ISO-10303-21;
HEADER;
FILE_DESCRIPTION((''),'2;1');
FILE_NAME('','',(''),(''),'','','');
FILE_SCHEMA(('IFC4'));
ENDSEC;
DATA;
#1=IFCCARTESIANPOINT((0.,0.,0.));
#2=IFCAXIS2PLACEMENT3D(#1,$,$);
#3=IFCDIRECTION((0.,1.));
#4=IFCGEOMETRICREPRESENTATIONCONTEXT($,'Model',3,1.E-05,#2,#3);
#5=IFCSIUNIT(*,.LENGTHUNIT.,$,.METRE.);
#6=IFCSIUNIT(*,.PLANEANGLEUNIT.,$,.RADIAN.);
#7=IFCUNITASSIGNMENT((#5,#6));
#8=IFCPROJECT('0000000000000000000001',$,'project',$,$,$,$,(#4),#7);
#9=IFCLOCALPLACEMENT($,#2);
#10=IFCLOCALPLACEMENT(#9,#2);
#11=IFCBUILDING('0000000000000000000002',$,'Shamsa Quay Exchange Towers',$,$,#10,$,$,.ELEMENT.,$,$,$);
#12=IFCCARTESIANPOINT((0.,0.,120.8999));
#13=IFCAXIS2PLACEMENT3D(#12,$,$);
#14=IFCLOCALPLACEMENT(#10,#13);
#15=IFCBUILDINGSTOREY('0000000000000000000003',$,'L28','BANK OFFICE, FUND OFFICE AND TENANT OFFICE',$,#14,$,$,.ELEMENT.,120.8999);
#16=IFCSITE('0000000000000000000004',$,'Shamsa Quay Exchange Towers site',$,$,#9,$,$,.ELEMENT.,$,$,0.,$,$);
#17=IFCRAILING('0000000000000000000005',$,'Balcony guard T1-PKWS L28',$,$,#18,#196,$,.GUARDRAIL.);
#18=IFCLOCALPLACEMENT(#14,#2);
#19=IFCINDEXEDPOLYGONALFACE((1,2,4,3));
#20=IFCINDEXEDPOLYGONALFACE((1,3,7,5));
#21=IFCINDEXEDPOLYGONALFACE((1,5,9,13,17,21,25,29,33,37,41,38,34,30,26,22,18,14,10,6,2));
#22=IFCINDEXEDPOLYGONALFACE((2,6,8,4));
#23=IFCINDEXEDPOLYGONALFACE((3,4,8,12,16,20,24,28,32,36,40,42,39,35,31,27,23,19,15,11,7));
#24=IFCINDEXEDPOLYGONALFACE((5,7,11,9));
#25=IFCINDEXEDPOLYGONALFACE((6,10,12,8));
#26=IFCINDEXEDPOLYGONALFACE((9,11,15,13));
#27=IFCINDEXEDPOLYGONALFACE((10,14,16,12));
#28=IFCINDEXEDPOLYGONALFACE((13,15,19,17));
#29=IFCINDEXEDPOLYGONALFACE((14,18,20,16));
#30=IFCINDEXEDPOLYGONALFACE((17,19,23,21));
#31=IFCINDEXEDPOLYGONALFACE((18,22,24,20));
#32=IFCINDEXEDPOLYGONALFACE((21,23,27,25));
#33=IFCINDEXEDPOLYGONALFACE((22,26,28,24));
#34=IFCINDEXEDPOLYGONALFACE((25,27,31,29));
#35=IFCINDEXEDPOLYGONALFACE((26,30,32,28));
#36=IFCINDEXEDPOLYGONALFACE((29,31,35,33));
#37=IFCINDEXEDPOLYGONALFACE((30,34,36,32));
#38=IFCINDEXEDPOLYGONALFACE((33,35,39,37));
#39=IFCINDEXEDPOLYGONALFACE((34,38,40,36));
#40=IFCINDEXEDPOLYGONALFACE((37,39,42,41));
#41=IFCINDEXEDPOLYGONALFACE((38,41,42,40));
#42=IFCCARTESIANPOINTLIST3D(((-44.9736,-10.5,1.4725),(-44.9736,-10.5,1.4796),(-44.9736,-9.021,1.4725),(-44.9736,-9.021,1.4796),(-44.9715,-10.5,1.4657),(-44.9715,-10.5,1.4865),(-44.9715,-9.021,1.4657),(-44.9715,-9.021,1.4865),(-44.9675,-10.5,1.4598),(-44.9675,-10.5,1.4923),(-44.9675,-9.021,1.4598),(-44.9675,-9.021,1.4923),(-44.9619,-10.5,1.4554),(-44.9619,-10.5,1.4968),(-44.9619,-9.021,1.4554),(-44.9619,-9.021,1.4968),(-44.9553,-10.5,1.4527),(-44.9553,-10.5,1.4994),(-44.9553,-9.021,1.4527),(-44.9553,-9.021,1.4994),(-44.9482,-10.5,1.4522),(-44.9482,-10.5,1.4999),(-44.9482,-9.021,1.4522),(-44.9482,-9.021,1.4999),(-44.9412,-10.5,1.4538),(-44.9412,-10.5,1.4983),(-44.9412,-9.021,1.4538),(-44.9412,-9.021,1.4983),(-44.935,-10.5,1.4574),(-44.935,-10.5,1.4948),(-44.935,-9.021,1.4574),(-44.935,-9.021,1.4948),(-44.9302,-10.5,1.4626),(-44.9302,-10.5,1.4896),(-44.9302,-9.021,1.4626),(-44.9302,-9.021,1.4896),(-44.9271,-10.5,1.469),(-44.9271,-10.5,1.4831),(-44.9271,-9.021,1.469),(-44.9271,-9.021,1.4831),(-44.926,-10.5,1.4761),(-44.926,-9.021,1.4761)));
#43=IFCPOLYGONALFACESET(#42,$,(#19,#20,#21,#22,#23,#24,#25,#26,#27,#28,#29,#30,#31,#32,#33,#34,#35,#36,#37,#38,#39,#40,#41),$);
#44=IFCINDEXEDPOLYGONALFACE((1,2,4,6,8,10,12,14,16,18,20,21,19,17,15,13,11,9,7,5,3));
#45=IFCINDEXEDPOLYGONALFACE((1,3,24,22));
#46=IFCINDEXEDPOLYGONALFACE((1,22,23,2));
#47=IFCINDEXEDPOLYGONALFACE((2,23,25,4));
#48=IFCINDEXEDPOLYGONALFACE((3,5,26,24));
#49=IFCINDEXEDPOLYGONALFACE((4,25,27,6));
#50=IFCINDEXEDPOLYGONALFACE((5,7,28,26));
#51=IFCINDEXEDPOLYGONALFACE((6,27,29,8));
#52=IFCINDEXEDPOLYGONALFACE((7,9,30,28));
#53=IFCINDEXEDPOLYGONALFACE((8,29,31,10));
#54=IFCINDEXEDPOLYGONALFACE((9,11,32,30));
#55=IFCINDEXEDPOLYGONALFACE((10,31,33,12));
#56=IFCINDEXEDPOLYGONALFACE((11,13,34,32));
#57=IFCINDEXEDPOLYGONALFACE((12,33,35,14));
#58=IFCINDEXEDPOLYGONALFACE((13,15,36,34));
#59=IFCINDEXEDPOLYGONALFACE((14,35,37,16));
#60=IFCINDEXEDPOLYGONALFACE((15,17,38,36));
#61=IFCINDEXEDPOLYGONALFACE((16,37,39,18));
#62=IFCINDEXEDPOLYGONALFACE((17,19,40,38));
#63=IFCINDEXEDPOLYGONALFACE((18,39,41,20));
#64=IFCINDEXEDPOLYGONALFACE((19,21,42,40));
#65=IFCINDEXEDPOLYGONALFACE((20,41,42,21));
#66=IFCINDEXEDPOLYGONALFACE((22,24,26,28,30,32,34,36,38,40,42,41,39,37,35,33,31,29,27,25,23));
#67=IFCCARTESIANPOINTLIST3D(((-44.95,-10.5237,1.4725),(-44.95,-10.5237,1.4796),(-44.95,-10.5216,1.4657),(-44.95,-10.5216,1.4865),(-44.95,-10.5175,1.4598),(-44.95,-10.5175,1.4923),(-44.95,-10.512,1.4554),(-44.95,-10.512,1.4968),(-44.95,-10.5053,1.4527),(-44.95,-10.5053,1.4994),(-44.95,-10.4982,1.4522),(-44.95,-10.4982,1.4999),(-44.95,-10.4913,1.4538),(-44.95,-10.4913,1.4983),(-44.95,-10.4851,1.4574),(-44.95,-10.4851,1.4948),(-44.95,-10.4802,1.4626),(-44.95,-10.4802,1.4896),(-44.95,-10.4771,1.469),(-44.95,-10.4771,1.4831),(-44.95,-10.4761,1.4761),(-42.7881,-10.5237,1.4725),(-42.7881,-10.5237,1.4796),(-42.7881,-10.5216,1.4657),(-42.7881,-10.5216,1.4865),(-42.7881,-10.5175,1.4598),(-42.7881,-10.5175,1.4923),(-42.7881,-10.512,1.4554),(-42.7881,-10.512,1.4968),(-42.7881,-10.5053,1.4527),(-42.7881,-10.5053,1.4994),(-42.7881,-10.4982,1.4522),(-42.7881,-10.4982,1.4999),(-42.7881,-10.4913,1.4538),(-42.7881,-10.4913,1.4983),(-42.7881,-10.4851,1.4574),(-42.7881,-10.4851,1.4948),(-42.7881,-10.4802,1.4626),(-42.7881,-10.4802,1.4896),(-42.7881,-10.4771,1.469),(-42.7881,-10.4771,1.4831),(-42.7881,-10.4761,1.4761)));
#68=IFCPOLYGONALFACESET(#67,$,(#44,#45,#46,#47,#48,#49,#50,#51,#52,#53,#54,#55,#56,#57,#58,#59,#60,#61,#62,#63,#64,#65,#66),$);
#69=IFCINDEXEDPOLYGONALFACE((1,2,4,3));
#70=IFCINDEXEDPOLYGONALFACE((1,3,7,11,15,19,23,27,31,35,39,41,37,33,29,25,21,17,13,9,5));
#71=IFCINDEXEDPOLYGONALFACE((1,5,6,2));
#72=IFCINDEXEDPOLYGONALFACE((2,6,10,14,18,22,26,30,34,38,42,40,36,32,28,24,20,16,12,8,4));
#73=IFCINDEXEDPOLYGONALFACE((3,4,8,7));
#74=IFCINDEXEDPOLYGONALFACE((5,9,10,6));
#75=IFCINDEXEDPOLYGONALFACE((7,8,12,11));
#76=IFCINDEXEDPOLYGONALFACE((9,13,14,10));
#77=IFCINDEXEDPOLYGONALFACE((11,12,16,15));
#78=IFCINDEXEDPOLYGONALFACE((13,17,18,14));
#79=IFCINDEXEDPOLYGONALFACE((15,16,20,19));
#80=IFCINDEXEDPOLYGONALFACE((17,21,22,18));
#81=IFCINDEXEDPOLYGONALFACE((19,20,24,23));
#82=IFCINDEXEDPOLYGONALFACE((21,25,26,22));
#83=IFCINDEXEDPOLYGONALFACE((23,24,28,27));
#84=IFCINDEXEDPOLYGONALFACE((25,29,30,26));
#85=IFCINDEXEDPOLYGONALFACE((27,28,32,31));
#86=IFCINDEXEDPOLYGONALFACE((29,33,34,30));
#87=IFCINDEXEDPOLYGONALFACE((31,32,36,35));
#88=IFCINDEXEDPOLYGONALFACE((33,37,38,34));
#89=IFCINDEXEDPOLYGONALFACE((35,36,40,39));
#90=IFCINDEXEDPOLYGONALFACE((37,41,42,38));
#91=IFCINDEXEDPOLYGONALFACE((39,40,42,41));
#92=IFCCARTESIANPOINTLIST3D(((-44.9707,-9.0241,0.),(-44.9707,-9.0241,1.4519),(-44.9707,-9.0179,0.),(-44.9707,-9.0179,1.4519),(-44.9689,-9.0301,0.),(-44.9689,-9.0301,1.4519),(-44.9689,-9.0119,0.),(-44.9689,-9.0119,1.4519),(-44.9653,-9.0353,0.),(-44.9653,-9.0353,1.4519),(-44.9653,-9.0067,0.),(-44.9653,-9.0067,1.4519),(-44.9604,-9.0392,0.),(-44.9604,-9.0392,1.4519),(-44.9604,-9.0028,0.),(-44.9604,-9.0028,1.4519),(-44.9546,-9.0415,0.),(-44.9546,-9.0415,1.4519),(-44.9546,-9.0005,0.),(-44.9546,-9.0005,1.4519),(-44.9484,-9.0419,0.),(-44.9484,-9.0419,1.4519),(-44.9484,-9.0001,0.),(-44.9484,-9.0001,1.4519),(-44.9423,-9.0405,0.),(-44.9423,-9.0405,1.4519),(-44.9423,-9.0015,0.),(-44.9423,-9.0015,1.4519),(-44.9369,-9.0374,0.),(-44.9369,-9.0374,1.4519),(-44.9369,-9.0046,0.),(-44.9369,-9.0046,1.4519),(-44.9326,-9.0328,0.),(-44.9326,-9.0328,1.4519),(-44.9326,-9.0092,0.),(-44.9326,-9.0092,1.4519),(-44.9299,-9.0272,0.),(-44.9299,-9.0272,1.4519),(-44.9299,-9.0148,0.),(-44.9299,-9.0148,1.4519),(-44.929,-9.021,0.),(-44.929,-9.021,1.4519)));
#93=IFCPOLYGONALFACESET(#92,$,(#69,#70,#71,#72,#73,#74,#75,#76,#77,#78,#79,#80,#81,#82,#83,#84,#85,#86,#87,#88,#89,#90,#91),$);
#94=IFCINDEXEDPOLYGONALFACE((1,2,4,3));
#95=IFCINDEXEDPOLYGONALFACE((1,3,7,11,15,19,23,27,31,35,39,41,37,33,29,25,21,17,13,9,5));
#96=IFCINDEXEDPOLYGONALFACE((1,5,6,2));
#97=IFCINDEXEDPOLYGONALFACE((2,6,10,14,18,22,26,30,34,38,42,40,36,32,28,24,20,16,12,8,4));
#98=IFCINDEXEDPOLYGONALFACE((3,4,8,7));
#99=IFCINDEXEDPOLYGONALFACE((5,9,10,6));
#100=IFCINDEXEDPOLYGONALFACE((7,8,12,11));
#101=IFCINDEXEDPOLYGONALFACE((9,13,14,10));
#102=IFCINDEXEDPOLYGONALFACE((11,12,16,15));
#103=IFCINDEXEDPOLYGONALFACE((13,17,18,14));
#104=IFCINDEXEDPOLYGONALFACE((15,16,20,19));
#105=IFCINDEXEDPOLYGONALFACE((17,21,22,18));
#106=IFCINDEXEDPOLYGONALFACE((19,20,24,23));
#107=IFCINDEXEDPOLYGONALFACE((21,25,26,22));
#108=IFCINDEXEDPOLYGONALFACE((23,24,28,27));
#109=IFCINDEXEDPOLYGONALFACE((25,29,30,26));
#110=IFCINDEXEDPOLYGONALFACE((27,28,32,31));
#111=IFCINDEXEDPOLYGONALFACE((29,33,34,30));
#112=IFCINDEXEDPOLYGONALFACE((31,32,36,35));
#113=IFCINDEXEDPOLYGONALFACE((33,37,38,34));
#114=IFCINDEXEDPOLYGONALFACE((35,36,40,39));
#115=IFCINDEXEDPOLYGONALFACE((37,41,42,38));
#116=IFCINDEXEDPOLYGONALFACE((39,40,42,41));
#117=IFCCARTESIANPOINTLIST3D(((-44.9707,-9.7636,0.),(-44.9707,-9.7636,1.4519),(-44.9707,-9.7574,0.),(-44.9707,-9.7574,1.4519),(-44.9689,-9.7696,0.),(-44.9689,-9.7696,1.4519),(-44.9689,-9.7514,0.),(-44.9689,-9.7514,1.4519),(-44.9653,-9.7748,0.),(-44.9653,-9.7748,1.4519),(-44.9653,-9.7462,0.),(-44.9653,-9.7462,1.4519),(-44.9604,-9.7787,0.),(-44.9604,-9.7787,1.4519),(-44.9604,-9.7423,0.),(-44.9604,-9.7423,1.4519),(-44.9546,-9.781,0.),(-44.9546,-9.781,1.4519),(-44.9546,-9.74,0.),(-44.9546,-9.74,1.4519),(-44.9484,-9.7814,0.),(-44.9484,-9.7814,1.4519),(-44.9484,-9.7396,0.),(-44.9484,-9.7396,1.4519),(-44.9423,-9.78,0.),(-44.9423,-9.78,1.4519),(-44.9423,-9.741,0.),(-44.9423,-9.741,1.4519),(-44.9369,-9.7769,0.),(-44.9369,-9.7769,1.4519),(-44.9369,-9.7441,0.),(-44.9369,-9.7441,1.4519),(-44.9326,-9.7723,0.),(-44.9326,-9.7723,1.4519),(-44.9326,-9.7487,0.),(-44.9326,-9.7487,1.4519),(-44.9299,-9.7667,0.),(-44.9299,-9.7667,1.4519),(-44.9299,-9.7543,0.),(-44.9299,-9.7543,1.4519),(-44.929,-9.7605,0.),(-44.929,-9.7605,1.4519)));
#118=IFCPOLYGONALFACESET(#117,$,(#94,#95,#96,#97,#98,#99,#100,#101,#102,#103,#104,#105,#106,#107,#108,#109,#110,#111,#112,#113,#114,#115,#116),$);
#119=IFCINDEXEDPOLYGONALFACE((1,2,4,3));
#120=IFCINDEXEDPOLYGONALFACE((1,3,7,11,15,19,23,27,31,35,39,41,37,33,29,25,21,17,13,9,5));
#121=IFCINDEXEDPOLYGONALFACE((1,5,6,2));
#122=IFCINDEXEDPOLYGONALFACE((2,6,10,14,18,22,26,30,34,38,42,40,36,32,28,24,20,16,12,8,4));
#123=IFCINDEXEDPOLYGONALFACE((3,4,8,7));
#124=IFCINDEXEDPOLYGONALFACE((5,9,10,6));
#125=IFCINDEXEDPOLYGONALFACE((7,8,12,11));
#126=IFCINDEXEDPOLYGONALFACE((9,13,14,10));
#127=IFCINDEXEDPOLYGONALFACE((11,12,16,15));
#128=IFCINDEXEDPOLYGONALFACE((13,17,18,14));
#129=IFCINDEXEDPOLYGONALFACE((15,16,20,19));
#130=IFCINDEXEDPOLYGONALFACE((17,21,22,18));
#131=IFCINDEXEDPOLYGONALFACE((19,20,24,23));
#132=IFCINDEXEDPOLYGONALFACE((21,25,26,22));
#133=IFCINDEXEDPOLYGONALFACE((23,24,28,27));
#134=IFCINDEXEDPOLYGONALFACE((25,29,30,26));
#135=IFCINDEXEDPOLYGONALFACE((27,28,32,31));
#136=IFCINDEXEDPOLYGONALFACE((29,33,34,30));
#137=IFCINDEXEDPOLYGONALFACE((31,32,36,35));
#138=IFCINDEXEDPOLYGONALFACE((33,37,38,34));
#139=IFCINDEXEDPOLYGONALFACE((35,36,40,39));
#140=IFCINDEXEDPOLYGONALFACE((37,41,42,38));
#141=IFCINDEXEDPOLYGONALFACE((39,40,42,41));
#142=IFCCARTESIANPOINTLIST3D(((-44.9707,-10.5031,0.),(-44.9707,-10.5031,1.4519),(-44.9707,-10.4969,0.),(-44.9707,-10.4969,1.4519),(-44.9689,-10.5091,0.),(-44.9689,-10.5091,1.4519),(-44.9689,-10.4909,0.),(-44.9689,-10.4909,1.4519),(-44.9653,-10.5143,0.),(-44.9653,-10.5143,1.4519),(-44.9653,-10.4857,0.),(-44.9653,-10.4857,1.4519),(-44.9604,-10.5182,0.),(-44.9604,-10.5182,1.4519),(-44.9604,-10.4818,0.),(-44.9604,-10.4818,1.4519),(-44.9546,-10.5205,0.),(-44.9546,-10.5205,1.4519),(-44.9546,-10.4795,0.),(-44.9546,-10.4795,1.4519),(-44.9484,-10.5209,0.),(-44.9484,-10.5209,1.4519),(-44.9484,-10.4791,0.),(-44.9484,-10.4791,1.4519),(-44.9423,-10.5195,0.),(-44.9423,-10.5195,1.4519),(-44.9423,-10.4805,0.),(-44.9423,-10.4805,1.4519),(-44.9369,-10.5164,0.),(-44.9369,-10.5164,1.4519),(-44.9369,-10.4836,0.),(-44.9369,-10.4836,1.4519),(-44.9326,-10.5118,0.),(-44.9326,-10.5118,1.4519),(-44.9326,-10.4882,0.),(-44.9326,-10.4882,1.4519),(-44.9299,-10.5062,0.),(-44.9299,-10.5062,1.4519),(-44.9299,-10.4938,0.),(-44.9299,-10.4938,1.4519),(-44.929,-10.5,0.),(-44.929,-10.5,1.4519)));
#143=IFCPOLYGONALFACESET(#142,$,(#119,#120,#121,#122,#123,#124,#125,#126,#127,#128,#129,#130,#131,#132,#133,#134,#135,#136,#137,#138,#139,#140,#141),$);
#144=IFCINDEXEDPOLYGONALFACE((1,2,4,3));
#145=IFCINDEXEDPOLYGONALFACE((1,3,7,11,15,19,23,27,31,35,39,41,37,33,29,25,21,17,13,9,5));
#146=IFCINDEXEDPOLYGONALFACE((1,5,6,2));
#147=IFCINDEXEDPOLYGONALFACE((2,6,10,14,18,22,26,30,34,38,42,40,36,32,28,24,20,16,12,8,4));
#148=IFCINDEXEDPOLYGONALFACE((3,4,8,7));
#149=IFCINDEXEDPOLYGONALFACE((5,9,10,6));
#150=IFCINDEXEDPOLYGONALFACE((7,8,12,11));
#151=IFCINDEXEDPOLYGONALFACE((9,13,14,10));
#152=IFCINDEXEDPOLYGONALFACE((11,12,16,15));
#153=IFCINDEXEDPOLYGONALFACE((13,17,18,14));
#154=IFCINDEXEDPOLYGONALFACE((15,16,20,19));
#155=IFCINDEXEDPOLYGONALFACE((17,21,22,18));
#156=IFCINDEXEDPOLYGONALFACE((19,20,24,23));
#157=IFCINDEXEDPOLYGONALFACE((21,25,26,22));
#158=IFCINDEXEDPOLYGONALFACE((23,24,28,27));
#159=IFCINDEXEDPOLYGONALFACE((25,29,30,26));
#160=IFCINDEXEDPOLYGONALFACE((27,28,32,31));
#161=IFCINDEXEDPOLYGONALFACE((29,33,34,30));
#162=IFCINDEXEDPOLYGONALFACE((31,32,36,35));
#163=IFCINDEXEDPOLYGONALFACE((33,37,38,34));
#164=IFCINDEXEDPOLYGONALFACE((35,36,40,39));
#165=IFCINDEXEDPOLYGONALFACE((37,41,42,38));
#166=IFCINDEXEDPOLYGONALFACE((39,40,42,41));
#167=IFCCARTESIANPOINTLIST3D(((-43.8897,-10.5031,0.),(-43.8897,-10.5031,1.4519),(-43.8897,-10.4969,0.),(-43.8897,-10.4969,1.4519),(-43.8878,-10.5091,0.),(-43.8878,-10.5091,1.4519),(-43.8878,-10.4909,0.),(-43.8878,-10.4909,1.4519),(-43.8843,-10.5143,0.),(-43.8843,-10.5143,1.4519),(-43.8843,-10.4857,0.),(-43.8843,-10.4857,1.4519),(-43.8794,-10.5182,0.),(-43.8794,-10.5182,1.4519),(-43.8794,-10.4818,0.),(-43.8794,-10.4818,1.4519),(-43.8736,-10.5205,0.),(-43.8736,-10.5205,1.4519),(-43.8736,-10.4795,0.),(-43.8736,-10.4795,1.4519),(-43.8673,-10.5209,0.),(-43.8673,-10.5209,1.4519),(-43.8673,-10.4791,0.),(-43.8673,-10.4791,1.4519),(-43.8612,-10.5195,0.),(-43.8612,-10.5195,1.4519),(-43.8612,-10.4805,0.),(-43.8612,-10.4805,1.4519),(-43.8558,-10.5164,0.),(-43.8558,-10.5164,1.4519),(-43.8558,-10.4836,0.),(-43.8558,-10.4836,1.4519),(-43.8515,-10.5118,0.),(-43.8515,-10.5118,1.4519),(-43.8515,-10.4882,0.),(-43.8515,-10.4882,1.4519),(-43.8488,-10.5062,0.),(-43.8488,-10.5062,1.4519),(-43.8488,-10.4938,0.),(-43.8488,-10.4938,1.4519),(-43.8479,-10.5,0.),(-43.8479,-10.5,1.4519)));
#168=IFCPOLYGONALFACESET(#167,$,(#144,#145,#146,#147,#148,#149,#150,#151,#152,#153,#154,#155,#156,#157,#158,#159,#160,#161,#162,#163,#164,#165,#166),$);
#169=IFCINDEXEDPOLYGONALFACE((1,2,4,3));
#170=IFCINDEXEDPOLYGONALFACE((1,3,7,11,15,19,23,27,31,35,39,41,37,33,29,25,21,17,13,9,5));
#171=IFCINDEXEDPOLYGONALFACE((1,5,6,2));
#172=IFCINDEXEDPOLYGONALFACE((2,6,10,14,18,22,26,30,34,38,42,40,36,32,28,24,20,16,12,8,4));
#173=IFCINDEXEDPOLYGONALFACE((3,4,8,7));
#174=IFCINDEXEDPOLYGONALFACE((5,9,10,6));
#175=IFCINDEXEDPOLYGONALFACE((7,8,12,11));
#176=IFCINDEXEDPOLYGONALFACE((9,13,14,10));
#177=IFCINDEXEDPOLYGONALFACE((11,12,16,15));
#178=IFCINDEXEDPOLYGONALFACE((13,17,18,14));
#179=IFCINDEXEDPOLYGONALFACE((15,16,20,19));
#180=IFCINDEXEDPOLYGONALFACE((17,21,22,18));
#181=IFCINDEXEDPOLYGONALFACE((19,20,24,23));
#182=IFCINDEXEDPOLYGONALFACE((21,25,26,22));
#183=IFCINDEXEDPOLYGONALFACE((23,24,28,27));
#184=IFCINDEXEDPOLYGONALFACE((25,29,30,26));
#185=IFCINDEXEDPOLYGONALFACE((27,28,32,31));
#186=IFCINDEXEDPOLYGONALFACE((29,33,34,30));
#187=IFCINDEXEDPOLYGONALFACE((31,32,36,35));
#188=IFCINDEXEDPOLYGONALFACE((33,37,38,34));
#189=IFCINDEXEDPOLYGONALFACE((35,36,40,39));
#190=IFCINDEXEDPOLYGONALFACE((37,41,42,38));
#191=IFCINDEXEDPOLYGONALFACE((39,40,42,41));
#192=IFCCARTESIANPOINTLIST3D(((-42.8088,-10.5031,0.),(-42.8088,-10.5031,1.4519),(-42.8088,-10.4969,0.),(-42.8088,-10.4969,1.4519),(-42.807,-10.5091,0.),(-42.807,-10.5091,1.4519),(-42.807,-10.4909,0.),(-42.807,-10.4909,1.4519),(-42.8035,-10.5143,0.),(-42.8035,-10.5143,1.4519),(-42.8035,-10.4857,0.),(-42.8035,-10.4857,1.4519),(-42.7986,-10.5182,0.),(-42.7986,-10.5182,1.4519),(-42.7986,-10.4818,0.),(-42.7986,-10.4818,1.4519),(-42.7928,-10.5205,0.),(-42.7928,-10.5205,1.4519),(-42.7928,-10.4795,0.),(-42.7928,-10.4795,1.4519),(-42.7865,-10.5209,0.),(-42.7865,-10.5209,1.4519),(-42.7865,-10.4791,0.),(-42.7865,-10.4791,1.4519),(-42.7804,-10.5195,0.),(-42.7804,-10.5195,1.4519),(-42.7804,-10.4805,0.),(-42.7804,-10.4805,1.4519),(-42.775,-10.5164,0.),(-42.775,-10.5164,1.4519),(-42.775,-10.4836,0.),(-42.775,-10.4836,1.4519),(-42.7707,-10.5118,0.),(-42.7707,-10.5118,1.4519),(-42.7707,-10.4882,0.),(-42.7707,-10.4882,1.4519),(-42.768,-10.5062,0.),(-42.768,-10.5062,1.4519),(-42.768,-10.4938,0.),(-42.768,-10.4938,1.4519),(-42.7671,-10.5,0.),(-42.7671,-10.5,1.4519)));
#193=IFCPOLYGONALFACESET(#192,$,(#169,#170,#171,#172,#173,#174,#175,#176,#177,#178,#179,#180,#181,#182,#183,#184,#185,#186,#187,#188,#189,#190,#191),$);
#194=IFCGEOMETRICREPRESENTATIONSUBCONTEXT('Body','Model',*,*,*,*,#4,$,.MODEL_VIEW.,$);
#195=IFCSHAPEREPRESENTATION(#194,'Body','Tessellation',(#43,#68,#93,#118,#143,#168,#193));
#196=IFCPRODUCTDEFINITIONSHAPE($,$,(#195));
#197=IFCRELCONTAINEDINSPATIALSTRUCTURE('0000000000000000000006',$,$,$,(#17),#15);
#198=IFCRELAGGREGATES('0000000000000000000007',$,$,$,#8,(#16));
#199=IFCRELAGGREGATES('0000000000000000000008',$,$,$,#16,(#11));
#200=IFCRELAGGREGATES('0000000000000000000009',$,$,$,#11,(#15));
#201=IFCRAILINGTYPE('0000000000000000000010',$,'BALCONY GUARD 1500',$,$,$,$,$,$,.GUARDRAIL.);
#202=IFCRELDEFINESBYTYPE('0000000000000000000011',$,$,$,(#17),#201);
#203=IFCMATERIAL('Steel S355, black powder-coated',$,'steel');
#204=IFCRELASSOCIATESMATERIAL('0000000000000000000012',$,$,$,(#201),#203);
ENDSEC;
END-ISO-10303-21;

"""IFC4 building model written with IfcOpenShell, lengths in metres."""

from ifc_helpers import new_model, si_unit, direction, frame, origin, origin_2d, place, context, subcontext, project, spatial, circle, extrude, material, type_object, element, save


model = new_model("IFC4")

# Units and contexts
model_context = context("Model", 3, precision=1e-05, world=origin(), true_north=direction((0.0, 1.0)))
body_context = subcontext(model_context, "Body", "Model", "MODEL_VIEW")
ifc_project = project(units=[si_unit("LENGTHUNIT", "METRE"), si_unit("PLANEANGLEUNIT", "RADIAN")], contexts=[model_context])

# Site, building, storey
site_placement = place(None, origin())
site = spatial("IfcSite", under=ifc_project, at=site_placement, Name="Shamsa Quay Exchange Towers site", CompositionType="ELEMENT", RefElevation=0.0)
building_placement = place(site_placement, origin())
building = spatial("IfcBuilding", under=site, at=building_placement, Name="Shamsa Quay Exchange Towers", CompositionType="ELEMENT")
storey_placement = place(building_placement, frame((0.0, 0.0, 120.8999)))
storey = spatial("IfcBuildingStorey", under=building, at=storey_placement, Name="L28", Description="BANK OFFICE, FUND OFFICE AND TENANT OFFICE", CompositionType="ELEMENT", Elevation=120.8999)

# Railing
ifc_material_1 = material(Name="Steel S355, black powder-coated", Category="steel")
railing_type = type_object("IfcRailingType", Name="BALCONY GUARD 1500", PredefinedType="GUARDRAIL", material=ifc_material_1)
for number, where, name in (
    (1, (-44.95, -9.021, 0.0), "Balcony guard T1-PKWS L28"),
):
    element("IfcRailing", number, at=place(storey_placement, frame(where)), inside=storey, type_object=railing_type, Name=name, PredefinedType="GUARDRAIL", context=body_context, shape_type="SweptSolid", body=[
        extrude(circle(Radius=0.0239, at=origin_2d()), frame((0.0, 0.0, 1.4761), z_axis=(0.0, -1.0, 0.0), x_axis=(1.0, 0.0, 0.0)), (0.0, 0.0, 1.0), 1.479),
        extrude(circle(Radius=0.0239, at=origin_2d()), frame((0.0, -1.479, 1.4761), z_axis=(1.0, 0.0, 0.0), x_axis=(0.0, 1.0, 0.0)), (0.0, 0.0, 1.0), 2.1619),
        extrude(circle(Radius=0.021, at=origin_2d()), origin(), (0.0, 0.0, 1.0), 1.4519),
        extrude(circle(Radius=0.021, at=origin_2d()), frame((0.0, -0.7395, 0.0)), (0.0, 0.0, 1.0), 1.4519),
        extrude(circle(Radius=0.021, at=origin_2d()), frame((0.0, -1.479, 0.0)), (0.0, 0.0, 1.0), 1.4519),
        extrude(circle(Radius=0.021, at=origin_2d()), frame((1.0811, -1.479, 0.0)), (0.0, 0.0, 1.0), 1.4519),
        extrude(circle(Radius=0.021, at=origin_2d()), frame((2.1619, -1.479, 0.0)), (0.0, 0.0, 1.0), 1.4519),
    ])

save(model, "model.ifc")
